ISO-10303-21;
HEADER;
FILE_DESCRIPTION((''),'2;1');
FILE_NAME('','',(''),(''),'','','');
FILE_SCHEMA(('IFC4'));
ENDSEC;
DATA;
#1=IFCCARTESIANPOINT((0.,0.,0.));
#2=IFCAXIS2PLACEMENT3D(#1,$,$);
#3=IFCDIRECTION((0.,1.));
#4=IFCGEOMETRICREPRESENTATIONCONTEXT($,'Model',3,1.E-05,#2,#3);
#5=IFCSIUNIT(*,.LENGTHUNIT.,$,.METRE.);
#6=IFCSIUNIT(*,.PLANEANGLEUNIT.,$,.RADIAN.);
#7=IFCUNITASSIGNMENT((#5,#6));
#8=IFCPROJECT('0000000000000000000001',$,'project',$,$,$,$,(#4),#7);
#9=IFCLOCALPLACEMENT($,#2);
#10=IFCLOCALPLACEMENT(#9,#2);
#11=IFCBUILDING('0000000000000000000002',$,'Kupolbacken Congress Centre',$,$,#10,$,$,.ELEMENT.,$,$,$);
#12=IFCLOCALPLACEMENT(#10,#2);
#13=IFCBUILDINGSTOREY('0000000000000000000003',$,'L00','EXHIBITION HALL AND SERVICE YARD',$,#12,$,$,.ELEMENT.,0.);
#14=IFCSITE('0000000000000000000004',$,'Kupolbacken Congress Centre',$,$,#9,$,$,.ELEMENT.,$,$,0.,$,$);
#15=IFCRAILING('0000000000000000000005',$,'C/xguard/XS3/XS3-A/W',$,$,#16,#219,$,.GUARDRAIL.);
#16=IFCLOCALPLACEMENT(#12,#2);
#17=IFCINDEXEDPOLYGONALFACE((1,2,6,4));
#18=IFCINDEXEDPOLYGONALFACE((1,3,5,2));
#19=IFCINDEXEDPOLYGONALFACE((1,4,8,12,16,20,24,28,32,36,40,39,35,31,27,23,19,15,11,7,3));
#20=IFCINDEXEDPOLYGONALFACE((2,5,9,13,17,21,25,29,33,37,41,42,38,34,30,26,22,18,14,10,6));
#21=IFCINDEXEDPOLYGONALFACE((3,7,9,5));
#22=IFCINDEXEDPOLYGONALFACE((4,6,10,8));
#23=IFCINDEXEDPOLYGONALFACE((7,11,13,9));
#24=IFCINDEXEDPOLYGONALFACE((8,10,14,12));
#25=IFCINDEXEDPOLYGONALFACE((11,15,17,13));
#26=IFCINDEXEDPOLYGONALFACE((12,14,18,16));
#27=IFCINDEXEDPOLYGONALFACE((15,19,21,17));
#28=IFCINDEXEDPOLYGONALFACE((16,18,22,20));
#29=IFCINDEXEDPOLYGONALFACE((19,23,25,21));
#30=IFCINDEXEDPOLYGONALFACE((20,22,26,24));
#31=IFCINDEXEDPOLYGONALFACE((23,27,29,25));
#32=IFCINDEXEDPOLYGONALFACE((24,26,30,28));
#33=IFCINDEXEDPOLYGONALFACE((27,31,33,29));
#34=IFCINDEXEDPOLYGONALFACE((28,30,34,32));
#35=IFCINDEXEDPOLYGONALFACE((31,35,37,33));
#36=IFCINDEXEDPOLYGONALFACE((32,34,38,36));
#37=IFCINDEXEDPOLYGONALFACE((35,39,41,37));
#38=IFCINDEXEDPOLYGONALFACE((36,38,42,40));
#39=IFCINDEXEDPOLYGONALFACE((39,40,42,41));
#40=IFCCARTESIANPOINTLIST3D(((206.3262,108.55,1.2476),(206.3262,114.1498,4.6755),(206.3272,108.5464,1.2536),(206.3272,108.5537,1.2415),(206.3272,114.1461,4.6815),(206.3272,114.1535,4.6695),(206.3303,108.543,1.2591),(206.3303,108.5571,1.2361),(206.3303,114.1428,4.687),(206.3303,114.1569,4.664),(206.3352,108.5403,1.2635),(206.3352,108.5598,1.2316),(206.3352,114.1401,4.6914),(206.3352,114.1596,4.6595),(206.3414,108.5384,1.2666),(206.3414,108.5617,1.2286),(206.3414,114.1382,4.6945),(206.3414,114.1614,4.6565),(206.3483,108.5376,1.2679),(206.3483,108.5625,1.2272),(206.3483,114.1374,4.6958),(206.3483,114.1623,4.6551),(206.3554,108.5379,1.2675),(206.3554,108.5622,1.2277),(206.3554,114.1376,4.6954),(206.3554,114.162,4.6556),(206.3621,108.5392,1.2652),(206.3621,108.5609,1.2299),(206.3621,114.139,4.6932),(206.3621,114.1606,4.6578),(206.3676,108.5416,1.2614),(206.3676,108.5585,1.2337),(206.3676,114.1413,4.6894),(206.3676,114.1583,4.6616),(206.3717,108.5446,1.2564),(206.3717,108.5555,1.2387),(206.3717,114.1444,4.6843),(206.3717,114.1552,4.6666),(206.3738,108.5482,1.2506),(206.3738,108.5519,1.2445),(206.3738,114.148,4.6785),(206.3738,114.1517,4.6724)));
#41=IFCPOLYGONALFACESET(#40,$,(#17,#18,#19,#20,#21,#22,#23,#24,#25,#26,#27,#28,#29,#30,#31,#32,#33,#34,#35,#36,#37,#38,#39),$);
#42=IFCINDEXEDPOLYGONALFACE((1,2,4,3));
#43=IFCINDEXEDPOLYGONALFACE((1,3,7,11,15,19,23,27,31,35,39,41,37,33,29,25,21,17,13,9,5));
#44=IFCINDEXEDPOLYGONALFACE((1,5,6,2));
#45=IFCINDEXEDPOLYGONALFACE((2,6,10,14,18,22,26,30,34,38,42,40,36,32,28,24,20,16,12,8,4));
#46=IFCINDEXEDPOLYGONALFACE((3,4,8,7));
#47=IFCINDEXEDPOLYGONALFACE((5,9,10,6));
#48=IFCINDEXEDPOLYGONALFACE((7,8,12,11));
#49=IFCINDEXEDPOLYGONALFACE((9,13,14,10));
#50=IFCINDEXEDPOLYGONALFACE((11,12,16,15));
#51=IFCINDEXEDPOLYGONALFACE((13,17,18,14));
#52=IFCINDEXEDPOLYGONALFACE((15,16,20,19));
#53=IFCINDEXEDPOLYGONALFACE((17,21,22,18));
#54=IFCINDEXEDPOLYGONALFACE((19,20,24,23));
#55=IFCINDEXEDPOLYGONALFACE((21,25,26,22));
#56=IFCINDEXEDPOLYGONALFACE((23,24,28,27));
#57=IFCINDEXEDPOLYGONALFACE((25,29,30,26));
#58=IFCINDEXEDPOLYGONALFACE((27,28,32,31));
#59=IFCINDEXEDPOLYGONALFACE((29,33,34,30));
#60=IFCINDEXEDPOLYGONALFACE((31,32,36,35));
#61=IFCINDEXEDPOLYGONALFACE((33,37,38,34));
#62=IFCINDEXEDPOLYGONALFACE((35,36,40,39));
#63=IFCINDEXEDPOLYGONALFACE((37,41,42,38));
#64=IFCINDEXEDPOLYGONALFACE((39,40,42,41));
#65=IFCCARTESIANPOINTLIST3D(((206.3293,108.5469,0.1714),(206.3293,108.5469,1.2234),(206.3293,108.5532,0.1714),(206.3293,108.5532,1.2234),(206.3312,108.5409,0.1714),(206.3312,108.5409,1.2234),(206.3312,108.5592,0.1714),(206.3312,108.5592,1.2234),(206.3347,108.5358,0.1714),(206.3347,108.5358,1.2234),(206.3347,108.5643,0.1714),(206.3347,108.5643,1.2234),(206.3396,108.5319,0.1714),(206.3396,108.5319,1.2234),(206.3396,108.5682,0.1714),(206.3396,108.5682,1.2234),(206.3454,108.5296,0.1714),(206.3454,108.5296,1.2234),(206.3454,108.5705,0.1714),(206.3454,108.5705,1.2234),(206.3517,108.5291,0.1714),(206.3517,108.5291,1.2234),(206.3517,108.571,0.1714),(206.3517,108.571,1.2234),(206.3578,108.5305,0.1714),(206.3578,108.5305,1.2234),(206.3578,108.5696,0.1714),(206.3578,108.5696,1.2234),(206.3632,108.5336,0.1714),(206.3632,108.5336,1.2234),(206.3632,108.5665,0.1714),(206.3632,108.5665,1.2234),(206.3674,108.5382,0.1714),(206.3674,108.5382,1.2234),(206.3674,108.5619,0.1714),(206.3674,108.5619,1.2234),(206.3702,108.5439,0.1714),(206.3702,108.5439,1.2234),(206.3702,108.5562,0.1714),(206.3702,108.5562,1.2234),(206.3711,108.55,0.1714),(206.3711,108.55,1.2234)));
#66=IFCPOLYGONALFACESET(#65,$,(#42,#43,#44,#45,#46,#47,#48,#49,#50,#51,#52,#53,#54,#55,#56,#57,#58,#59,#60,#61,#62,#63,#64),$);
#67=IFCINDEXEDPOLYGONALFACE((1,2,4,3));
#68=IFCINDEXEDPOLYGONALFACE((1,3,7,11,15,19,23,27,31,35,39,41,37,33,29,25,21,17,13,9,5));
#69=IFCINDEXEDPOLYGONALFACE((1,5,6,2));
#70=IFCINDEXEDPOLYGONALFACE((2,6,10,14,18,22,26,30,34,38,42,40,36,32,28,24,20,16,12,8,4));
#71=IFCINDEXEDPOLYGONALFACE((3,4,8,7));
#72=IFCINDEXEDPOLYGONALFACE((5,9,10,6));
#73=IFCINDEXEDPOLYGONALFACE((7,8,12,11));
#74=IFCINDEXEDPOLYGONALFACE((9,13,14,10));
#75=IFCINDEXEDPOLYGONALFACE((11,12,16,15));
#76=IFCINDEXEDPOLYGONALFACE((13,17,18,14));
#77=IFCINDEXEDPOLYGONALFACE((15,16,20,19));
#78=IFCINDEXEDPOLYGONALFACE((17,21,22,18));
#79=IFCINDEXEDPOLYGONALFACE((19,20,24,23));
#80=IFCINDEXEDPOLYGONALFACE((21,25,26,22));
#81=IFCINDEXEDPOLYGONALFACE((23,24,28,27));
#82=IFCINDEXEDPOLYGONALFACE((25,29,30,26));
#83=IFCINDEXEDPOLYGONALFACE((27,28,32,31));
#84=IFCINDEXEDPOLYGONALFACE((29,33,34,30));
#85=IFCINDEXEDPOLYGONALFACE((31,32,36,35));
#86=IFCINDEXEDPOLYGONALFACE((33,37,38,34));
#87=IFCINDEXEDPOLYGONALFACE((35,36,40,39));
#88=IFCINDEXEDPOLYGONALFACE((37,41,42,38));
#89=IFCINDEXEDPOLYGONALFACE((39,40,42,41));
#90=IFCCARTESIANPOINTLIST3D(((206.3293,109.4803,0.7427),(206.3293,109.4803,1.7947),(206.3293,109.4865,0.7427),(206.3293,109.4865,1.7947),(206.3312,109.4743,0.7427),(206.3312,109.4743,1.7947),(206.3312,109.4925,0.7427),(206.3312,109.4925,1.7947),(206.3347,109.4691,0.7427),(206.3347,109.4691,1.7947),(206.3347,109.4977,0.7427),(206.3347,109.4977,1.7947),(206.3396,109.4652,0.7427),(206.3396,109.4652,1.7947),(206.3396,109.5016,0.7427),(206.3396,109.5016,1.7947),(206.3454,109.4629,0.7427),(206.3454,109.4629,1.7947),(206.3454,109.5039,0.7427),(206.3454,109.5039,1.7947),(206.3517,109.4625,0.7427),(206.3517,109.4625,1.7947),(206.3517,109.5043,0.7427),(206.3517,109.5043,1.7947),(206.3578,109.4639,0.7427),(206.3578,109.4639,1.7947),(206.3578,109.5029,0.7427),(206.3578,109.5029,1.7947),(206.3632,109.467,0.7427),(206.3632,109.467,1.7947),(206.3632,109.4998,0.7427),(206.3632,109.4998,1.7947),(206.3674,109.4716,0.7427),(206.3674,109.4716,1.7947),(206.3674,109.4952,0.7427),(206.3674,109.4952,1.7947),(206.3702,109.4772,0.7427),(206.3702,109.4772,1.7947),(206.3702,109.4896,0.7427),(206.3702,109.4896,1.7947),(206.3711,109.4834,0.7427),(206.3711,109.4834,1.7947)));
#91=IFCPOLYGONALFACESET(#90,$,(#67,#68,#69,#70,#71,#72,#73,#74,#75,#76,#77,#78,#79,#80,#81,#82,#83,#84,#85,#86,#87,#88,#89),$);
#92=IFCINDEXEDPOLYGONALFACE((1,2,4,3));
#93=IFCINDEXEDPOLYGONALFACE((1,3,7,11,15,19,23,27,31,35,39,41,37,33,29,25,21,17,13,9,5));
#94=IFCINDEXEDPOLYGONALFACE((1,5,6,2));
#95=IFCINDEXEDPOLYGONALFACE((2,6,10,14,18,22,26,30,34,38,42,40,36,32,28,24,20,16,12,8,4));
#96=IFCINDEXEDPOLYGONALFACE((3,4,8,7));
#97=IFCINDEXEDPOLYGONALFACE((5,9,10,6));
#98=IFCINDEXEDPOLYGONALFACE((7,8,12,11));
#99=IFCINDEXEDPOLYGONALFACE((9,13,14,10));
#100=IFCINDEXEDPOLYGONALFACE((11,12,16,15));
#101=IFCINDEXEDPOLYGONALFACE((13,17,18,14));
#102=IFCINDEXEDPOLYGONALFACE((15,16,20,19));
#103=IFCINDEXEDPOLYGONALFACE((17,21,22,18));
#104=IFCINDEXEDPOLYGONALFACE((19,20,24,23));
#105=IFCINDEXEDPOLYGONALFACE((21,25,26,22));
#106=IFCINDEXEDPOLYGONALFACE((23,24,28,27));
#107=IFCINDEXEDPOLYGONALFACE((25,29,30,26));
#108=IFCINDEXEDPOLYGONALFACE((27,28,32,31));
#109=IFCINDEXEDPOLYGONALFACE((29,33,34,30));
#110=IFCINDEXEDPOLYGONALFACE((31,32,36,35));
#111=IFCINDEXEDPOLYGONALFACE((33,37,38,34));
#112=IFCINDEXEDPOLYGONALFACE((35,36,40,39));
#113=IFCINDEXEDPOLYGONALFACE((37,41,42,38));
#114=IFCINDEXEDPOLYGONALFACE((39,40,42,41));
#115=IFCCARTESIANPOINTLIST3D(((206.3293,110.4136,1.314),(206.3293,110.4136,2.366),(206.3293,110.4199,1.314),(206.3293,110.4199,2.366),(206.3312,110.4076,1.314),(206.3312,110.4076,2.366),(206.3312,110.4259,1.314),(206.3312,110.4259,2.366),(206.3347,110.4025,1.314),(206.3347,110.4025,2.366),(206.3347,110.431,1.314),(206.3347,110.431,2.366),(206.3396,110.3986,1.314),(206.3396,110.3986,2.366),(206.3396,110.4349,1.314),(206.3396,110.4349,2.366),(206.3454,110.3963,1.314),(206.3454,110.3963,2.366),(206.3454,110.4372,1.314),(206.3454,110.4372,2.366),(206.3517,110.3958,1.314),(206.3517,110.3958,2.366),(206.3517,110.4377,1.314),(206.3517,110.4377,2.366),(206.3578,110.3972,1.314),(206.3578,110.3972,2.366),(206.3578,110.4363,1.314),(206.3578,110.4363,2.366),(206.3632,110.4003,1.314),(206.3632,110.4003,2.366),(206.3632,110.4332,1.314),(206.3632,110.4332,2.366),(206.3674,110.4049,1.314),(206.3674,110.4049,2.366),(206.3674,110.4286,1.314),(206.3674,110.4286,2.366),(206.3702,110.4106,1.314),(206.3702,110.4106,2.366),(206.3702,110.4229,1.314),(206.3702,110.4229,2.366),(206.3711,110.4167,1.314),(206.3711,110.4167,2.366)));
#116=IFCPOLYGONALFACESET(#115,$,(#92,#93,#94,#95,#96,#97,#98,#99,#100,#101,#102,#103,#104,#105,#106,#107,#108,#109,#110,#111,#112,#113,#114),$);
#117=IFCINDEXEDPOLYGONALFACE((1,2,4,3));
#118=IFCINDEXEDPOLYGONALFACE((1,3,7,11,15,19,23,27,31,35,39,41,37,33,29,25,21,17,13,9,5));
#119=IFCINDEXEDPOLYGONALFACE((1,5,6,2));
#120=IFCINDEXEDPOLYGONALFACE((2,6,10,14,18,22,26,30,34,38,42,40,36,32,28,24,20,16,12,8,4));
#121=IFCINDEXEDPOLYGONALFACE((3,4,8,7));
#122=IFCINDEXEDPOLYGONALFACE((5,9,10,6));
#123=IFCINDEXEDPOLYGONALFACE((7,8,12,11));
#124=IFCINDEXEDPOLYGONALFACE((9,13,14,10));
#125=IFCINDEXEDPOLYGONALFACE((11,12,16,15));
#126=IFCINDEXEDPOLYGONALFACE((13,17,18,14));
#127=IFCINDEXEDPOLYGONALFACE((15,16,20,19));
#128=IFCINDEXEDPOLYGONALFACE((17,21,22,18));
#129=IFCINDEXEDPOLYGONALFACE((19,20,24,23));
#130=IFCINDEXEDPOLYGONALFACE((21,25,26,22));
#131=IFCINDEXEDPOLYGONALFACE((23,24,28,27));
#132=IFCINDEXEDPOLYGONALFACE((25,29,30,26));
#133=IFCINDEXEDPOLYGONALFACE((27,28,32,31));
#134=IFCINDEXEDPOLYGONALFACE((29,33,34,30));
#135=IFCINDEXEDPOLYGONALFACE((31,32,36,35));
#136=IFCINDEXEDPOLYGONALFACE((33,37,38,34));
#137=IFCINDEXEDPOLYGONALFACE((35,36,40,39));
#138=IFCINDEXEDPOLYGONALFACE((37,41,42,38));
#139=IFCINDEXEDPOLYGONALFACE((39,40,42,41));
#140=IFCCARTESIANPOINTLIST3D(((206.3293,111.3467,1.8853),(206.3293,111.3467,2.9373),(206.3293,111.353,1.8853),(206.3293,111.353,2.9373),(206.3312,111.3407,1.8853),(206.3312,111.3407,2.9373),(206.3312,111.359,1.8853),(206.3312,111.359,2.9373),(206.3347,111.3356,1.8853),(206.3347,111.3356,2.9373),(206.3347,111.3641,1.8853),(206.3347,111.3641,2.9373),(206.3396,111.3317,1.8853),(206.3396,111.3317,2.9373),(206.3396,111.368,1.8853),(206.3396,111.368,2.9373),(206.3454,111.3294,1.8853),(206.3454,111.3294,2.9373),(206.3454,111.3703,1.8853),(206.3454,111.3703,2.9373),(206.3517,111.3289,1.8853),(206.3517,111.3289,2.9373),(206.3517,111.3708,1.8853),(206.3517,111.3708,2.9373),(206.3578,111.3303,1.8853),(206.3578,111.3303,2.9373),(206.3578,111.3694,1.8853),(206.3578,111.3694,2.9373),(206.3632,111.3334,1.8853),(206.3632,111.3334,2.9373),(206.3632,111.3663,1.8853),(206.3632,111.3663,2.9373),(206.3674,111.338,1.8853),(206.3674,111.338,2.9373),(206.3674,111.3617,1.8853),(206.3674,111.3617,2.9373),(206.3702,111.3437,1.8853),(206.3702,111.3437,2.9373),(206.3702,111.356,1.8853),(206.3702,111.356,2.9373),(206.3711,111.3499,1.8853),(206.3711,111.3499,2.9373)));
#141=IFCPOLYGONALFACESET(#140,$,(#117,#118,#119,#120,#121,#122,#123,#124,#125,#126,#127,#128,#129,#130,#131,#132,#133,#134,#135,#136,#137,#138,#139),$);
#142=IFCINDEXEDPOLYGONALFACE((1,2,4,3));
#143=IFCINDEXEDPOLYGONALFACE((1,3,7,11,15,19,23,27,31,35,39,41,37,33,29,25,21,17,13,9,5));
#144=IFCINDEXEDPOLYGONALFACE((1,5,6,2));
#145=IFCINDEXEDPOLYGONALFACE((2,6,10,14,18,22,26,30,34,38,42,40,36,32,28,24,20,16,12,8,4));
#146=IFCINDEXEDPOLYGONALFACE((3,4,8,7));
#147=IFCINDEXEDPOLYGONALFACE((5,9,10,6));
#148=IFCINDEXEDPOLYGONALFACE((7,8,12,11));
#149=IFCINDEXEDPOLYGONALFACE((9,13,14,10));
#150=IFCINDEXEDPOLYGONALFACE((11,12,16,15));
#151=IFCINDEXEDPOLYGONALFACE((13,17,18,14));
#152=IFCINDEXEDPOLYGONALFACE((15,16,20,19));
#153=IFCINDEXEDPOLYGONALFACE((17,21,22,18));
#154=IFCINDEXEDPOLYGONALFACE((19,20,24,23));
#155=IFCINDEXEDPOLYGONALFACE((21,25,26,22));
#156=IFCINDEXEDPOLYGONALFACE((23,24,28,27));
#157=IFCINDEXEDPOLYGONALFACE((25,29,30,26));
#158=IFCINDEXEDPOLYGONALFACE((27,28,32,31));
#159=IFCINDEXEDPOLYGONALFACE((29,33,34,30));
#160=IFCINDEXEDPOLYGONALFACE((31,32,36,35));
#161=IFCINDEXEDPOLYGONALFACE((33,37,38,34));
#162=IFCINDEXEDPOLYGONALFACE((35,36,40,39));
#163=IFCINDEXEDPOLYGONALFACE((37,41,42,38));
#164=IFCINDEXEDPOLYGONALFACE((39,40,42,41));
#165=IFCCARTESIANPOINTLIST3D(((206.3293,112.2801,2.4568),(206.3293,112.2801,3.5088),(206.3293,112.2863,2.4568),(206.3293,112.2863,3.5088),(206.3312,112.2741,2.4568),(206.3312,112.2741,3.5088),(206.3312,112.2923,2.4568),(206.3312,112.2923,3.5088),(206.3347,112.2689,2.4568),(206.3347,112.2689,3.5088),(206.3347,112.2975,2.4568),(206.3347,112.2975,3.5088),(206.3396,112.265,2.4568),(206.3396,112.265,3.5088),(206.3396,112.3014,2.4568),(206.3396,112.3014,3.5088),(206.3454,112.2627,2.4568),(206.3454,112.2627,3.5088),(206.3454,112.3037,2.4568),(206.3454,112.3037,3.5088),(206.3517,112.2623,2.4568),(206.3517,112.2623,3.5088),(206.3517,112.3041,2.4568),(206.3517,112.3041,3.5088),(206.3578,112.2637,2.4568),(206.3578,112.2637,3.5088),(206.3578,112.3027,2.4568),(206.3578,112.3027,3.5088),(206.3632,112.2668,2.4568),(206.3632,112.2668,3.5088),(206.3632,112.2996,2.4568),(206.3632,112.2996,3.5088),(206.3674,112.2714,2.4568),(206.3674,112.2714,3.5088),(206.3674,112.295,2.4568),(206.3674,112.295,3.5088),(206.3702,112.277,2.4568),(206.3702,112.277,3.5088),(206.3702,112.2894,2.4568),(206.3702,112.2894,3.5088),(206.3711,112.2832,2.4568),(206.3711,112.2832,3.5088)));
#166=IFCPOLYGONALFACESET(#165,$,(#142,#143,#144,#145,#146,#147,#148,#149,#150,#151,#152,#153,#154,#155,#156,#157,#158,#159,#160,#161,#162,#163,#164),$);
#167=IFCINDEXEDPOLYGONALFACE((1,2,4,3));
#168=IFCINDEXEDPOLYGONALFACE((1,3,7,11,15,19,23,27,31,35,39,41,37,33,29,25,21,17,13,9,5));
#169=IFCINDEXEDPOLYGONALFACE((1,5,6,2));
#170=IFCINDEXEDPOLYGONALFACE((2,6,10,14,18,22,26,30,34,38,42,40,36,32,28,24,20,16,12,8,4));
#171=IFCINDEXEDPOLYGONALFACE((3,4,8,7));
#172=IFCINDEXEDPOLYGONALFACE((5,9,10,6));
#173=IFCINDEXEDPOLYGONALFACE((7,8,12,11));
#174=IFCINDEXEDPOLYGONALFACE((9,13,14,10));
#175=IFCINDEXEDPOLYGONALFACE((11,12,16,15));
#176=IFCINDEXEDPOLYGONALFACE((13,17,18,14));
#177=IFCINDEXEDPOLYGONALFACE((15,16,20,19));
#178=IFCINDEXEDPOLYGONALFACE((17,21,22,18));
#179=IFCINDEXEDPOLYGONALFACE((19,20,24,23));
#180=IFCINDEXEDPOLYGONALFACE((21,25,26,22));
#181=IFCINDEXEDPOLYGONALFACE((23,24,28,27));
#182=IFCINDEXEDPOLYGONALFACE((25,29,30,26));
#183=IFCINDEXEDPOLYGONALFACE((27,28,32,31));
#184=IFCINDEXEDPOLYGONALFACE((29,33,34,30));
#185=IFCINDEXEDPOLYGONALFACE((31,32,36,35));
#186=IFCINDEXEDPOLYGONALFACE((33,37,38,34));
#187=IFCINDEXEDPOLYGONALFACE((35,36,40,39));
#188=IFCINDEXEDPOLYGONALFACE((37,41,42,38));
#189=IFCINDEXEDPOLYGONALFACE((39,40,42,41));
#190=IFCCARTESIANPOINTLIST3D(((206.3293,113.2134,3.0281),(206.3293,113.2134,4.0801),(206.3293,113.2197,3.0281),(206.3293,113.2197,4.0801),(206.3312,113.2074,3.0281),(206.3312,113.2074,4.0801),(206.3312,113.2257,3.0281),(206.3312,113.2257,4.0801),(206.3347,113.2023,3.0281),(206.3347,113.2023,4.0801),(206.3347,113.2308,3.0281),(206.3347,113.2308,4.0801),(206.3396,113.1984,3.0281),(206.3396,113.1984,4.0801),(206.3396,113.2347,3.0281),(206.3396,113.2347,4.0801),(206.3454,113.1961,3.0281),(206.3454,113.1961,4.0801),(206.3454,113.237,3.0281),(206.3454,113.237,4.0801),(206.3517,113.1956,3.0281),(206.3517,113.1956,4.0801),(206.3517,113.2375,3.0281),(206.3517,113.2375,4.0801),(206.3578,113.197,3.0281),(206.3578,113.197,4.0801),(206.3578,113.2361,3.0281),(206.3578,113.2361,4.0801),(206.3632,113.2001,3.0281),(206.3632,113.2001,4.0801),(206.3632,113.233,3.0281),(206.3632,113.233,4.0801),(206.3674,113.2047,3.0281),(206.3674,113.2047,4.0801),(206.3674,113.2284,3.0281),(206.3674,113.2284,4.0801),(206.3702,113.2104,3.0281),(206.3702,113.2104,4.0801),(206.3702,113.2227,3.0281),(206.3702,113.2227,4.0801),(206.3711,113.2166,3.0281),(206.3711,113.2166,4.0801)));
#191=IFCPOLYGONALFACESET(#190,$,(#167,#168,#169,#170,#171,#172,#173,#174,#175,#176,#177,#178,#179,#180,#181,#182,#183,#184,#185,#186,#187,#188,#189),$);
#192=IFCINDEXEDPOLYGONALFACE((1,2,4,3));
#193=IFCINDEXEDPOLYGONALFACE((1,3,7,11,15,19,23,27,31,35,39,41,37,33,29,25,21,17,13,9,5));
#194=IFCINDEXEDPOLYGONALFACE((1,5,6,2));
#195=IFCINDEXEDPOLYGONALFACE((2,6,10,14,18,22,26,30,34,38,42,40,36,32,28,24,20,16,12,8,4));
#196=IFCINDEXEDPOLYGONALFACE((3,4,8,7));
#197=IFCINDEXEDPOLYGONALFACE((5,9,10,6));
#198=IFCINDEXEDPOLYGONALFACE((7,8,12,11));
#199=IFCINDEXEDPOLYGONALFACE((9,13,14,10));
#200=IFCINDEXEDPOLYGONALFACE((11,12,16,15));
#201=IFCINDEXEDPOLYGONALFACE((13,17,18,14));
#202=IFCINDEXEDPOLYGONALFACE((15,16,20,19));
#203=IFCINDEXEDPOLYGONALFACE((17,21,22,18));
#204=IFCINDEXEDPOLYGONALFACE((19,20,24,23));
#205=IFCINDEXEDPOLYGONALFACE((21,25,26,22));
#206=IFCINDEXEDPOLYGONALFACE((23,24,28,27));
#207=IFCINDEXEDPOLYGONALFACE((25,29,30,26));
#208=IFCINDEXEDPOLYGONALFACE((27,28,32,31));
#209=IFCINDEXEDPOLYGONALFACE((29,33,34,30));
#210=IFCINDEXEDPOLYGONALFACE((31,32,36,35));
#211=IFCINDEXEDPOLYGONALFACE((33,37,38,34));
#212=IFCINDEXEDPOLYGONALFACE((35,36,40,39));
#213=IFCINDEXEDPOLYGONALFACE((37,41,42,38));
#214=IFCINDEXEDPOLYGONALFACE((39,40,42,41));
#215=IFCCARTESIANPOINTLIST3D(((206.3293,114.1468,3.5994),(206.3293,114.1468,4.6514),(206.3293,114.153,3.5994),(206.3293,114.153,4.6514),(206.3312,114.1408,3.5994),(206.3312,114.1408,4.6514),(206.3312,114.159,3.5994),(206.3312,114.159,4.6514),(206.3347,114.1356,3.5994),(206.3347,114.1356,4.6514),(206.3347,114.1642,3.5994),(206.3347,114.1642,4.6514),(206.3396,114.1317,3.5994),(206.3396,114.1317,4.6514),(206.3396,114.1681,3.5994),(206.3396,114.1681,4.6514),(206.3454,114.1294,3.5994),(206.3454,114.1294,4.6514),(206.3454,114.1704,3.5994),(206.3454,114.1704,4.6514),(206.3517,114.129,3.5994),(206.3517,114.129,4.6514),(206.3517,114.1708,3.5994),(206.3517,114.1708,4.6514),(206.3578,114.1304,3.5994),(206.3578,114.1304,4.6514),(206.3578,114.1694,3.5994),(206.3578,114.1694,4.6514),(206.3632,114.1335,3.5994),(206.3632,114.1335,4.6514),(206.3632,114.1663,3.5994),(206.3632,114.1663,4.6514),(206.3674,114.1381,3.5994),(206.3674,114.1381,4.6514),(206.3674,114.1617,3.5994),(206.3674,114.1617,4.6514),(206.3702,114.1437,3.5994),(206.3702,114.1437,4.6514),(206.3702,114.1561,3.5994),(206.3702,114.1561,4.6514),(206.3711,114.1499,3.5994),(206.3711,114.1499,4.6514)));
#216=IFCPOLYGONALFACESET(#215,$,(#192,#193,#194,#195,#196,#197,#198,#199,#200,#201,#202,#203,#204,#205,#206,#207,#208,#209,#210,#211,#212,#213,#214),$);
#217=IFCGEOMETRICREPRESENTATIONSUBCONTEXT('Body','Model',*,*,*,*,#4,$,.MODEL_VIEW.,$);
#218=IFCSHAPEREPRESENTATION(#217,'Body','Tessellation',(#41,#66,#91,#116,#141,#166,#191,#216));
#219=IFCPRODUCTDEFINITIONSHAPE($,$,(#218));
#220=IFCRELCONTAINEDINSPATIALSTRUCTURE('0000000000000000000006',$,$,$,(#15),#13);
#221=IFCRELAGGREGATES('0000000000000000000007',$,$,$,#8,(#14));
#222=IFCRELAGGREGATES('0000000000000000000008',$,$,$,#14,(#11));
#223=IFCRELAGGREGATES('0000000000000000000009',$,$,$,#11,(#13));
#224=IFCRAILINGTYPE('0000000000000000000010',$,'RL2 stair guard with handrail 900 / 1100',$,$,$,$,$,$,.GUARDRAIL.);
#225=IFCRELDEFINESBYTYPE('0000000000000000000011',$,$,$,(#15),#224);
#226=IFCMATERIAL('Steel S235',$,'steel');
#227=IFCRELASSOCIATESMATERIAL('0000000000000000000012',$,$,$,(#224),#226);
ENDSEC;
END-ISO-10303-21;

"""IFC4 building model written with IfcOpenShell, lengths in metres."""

from ifc_helpers import new_model, si_unit, direction, frame, origin, origin_2d, place, context, subcontext, project, spatial, circle, extrude, material, type_object, element, save


model = new_model("IFC4")

# Units and contexts
model_context = context("Model", 3, precision=1e-05, world=origin(), true_north=direction((0.0, 1.0)))
body_context = subcontext(model_context, "Body", "Model", "MODEL_VIEW")
ifc_project = project(units=[si_unit("LENGTHUNIT", "METRE"), si_unit("PLANEANGLEUNIT", "RADIAN")], contexts=[model_context])

# Site, building, storey
site_placement = place(None, origin())
site = spatial("IfcSite", under=ifc_project, at=site_placement, Name="Kupolbacken Congress Centre", CompositionType="ELEMENT", RefElevation=0.0)
building_placement = place(site_placement, origin())
building = spatial("IfcBuilding", under=site, at=building_placement, Name="Kupolbacken Congress Centre", CompositionType="ELEMENT")
storey_placement = place(building_placement, origin())
storey = spatial("IfcBuildingStorey", under=building, at=storey_placement, Name="L00", Description="EXHIBITION HALL AND SERVICE YARD", CompositionType="ELEMENT", Elevation=0.0)

# Railing
ifc_material_1 = material(Name="Steel S235", Category="steel")
railing_type = type_object("IfcRailingType", Name="RL2 stair guard with handrail 900 / 1100", PredefinedType="GUARDRAIL", material=ifc_material_1)
for number, where, name in (
    (1, (206.3501, 108.55, 0.1714), "C/xguard/XS3/XS3-A/W"),
):
    element("IfcRailing", number, at=place(storey_placement, frame(where)), inside=storey, type_object=railing_type, Name=name, PredefinedType="GUARDRAIL", context=body_context, shape_type="SweptSolid", body=[
        extrude(circle(Radius=0.0239, at=origin_2d()), frame((0.0, 0.0, 1.0762), z_axis=(0.0, 0.852885, 0.522098), x_axis=(-1.0, 0.0, 0.0)), (0.0, 0.0, 1.0), 6.5657),
        extrude(circle(Radius=0.021, at=origin_2d()), origin(), (0.0, 0.0, 1.0), 1.052),
        extrude(circle(Radius=0.021, at=origin_2d()), frame((0.0, 0.9333, 0.5713)), (0.0, 0.0, 1.0), 1.052),
        extrude(circle(Radius=0.021, at=origin_2d()), frame((0.0, 1.8667, 1.1426)), (0.0, 0.0, 1.0), 1.052),
        extrude(circle(Radius=0.021, at=origin_2d()), frame((0.0, 2.7998, 1.7139)), (0.0, 0.0, 1.0), 1.052),
        extrude(circle(Radius=0.021, at=origin_2d()), frame((0.0, 3.7332, 2.2854)), (0.0, 0.0, 1.0), 1.052),
        extrude(circle(Radius=0.021, at=origin_2d()), frame((0.0, 4.6665, 2.8567)), (0.0, 0.0, 1.0), 1.052),
        extrude(circle(Radius=0.021, at=origin_2d()), frame((0.0, 5.5999, 3.428)), (0.0, 0.0, 1.0), 1.052),
    ])

save(model, "model.ifc")
